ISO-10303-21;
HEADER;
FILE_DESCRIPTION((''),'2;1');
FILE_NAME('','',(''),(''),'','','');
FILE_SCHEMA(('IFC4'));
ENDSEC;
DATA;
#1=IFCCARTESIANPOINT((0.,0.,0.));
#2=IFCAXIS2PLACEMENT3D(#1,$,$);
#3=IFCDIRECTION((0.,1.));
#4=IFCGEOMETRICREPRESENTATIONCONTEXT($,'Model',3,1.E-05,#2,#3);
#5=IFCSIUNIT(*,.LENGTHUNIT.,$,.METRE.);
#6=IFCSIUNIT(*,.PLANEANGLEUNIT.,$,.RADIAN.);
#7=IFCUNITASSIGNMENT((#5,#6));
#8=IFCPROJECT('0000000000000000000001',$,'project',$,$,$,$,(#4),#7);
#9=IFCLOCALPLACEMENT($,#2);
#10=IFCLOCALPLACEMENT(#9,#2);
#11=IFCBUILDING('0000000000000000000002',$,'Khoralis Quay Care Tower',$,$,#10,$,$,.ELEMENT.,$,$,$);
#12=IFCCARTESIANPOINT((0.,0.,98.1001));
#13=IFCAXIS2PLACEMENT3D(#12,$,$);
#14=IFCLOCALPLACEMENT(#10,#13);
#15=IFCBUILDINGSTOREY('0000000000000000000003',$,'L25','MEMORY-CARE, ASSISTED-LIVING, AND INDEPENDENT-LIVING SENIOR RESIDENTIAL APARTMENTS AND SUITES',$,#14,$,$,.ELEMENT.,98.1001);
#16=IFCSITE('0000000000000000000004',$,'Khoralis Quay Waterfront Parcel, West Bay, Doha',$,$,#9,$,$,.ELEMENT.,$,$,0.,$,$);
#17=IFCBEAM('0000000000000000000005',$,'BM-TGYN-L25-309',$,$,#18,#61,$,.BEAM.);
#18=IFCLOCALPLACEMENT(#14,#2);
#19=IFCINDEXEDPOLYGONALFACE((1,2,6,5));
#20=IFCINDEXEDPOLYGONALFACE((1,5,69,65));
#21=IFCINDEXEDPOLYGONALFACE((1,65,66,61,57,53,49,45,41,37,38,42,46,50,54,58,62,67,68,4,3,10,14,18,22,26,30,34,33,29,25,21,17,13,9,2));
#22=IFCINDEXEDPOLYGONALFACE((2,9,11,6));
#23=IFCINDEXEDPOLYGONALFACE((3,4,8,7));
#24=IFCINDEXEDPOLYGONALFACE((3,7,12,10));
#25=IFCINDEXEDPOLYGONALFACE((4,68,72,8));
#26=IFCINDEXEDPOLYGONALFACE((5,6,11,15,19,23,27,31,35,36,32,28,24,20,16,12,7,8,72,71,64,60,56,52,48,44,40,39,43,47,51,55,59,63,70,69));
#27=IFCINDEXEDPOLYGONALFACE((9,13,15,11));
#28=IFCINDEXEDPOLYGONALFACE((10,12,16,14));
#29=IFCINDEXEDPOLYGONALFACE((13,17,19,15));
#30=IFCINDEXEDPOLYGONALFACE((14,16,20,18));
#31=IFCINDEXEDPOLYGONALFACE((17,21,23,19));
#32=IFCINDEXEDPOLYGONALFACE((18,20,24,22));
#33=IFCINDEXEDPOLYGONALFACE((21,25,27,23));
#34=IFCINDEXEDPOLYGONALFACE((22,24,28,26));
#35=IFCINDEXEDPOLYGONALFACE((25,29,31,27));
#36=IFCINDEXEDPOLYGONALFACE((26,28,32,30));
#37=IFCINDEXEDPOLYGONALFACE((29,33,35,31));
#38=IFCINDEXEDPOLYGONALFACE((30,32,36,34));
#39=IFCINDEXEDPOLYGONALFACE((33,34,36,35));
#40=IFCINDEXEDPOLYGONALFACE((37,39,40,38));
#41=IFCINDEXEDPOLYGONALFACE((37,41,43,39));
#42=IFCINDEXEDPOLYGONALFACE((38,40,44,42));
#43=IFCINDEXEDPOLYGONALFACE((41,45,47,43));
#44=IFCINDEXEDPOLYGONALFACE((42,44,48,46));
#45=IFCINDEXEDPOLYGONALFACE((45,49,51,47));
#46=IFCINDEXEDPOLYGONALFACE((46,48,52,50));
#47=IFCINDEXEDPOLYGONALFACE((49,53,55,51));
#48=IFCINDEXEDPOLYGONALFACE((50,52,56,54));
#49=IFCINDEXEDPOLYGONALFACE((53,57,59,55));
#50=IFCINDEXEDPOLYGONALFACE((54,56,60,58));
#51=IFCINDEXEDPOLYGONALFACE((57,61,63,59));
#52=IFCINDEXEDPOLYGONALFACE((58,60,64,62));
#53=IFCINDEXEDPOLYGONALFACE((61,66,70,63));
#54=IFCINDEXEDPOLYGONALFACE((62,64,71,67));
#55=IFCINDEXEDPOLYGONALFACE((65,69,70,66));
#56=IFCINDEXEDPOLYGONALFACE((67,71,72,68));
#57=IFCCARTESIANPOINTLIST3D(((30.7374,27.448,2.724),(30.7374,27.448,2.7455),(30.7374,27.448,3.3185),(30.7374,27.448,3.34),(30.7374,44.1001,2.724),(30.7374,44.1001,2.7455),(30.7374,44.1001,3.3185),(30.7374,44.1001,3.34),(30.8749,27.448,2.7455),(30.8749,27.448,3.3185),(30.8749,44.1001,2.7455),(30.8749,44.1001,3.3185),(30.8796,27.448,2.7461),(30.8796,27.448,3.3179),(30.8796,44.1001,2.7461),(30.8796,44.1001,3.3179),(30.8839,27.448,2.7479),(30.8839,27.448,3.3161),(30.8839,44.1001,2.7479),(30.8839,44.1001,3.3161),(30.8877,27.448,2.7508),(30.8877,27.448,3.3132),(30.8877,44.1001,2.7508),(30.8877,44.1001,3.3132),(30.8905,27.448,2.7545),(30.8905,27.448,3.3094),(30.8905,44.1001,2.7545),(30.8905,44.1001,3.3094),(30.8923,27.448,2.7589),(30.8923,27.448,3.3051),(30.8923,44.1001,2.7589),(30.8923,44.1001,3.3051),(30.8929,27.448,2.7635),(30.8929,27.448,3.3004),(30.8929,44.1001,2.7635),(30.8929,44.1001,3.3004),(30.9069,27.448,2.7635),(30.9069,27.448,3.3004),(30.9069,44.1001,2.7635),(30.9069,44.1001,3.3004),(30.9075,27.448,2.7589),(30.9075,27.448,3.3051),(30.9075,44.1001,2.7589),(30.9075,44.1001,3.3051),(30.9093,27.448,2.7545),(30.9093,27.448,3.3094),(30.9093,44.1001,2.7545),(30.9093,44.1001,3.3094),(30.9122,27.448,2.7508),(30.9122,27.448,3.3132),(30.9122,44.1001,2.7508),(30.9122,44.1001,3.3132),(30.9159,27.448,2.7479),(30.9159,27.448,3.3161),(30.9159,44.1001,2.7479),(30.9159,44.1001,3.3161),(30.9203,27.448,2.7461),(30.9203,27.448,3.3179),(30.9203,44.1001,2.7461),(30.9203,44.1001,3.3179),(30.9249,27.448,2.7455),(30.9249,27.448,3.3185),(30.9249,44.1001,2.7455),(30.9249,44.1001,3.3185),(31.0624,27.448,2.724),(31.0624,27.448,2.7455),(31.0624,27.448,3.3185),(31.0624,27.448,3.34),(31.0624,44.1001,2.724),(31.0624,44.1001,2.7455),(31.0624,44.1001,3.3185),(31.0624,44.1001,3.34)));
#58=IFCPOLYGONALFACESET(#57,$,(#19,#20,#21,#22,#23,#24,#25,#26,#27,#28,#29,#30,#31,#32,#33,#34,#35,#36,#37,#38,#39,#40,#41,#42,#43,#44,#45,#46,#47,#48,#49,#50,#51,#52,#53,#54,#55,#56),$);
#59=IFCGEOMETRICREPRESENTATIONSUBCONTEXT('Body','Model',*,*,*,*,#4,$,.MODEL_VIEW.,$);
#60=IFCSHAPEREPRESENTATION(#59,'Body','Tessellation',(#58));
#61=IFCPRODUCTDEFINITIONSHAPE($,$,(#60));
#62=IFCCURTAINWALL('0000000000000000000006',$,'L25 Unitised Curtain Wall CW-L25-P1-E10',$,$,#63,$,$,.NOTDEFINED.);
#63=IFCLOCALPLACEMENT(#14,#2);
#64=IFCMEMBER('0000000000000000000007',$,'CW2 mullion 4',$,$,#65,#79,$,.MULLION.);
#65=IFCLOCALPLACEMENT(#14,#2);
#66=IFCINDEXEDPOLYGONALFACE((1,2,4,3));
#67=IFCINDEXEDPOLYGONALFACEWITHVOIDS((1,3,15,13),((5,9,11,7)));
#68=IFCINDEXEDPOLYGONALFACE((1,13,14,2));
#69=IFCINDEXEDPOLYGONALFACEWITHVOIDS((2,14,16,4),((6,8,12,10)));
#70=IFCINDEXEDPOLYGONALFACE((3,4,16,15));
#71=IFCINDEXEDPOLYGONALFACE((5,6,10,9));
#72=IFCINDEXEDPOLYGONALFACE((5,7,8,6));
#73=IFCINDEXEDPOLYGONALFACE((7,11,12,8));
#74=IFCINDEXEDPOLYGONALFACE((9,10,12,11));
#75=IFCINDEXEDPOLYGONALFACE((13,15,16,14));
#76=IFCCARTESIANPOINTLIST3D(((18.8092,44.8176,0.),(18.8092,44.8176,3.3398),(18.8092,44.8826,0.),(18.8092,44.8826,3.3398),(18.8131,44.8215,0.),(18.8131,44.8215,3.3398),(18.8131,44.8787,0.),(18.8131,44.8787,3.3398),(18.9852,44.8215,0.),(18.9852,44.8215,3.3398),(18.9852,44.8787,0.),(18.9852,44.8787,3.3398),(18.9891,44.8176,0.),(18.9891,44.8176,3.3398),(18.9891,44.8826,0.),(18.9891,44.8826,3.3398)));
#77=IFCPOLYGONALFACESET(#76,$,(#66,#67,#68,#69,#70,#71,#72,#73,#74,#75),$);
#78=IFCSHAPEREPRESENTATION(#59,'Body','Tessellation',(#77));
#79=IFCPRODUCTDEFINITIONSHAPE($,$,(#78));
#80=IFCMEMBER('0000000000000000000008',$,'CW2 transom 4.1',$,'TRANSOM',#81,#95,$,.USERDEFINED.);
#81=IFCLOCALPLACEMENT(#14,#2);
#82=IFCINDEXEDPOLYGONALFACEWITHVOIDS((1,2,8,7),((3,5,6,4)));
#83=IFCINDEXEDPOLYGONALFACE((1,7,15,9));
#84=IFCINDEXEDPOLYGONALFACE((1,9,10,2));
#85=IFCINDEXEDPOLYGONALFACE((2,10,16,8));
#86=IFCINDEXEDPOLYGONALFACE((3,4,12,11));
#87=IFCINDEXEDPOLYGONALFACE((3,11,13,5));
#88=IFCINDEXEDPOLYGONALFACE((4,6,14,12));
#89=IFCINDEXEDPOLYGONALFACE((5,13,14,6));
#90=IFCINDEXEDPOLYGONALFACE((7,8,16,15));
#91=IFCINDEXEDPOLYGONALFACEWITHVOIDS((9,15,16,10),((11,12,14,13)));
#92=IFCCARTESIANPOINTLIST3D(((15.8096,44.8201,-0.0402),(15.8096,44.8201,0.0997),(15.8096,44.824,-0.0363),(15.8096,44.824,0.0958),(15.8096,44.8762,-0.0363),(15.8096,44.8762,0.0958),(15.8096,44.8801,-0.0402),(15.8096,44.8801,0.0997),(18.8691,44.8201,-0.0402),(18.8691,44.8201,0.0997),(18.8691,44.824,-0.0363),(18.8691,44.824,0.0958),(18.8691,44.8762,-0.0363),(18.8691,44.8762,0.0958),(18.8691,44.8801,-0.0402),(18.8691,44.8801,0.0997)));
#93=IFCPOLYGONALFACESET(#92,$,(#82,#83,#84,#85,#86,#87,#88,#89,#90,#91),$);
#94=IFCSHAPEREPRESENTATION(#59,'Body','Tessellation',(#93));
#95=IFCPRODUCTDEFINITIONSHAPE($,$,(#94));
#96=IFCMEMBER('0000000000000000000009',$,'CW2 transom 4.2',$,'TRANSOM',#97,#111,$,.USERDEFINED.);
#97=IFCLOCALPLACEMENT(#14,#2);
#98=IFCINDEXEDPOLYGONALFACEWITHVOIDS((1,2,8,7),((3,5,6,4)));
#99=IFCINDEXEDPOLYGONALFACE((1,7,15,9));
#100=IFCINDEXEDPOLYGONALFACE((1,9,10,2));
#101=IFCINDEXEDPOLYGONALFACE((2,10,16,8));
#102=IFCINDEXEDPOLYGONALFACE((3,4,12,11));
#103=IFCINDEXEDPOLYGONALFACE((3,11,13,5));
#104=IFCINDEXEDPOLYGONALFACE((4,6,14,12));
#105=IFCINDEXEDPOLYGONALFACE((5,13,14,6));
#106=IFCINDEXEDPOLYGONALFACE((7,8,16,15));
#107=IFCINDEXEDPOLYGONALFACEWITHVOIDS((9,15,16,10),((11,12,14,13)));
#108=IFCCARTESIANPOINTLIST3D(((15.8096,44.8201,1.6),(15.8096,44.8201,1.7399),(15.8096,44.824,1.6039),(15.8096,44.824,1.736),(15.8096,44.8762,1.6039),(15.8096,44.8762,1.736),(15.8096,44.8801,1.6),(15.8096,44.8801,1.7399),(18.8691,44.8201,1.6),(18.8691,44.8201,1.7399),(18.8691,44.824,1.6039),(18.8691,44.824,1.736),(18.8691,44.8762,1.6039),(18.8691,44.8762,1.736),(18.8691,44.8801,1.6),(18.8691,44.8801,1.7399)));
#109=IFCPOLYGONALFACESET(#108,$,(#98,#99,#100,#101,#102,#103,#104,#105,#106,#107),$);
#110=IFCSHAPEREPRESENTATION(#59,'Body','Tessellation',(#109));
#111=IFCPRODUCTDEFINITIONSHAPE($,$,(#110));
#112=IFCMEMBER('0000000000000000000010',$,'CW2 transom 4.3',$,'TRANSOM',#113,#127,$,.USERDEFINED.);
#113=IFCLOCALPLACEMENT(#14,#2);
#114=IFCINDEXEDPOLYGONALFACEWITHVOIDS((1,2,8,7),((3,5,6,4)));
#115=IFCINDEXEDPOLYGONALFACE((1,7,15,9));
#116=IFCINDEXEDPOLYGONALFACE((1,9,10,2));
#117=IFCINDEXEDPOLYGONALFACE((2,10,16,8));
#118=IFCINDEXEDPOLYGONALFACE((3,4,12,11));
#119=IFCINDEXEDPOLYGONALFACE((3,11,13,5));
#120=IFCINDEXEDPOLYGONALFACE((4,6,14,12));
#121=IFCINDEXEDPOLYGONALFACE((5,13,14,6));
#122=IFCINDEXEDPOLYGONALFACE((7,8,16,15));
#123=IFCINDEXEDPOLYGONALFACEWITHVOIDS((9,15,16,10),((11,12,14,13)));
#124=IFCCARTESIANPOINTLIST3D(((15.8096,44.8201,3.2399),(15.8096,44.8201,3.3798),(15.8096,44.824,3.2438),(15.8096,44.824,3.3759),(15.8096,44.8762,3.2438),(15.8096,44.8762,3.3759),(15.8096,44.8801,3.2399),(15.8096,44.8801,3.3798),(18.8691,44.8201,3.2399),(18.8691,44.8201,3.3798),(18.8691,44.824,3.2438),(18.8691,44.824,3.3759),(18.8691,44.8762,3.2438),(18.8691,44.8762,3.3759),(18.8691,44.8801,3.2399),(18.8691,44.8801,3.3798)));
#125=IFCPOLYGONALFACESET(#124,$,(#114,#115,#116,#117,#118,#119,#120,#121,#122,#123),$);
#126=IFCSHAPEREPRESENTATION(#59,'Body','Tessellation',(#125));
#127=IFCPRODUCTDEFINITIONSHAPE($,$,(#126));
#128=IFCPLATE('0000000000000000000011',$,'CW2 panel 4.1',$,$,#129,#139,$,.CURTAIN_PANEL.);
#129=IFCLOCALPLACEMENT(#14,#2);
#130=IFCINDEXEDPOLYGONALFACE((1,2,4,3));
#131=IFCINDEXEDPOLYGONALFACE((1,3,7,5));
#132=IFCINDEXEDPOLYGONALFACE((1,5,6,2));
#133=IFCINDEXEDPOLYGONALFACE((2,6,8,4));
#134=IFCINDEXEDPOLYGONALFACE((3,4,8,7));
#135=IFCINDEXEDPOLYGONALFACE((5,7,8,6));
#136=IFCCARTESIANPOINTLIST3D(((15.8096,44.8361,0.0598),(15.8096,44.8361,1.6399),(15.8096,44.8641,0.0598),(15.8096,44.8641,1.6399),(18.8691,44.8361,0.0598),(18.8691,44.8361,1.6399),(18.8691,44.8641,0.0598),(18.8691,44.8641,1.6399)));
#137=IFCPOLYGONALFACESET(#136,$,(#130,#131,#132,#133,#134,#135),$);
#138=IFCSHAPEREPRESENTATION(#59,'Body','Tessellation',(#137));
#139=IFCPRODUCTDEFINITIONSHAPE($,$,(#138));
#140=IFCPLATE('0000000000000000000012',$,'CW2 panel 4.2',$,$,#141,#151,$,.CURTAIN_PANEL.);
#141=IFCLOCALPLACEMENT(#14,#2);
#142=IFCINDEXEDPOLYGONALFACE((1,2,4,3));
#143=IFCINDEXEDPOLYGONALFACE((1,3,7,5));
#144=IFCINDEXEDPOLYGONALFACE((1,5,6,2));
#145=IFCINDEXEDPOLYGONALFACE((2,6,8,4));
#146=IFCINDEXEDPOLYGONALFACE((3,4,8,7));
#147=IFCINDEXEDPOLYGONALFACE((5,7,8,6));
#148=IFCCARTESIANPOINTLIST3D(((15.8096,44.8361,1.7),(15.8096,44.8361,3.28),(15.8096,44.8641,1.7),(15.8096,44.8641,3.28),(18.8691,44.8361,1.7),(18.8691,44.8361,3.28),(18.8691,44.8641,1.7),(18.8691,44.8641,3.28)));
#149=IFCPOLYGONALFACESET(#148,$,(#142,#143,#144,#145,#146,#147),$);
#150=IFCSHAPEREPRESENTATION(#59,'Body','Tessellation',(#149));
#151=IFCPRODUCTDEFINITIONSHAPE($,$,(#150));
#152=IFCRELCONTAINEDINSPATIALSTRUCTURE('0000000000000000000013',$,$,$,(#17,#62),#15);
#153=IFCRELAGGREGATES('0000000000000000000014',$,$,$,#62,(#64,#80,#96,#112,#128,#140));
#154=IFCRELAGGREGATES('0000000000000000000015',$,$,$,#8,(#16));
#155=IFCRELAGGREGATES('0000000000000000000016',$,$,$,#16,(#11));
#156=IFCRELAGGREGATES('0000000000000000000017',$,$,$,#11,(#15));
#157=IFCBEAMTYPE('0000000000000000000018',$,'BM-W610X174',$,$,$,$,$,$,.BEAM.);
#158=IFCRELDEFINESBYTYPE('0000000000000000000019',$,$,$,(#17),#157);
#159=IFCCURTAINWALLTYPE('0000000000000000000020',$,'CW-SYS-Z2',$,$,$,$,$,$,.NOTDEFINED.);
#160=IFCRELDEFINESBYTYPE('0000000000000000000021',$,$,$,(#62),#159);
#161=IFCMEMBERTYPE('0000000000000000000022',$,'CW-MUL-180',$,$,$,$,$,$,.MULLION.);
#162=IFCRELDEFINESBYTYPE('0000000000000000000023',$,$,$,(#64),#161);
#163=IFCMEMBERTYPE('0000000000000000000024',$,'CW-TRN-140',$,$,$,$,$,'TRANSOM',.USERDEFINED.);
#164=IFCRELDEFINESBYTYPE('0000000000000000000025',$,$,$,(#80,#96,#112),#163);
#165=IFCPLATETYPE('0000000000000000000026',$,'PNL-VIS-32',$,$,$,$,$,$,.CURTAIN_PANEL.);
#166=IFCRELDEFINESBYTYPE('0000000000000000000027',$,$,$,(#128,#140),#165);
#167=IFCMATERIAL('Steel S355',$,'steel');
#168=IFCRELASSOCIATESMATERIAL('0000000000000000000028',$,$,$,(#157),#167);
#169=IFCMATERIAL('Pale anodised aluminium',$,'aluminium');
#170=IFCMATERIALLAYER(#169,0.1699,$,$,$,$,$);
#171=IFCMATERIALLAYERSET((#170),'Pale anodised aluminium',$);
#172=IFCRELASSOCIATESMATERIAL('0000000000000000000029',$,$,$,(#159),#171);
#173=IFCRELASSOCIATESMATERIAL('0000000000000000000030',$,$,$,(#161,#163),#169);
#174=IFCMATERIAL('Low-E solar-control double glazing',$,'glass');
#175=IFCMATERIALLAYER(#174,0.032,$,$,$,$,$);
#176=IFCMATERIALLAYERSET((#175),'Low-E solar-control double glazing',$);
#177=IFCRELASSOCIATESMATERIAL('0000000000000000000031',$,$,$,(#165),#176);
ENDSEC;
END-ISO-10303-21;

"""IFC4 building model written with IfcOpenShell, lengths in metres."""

from ifc_helpers import new_model, si_unit, direction, frame, origin, origin_2d, place, context, subcontext, project, spatial, rectangle, hollow_rectangle, i_section, extrude, source, transform, mapped, material, layer, layer_set, material_profile, profile_set, type_object, element, aggregate, save


model = new_model("IFC4")

# Units and contexts
model_context = context("Model", 3, precision=1e-05, world=origin(), true_north=direction((0.0, 1.0)))
body_context = subcontext(model_context, "Body", "Model", "MODEL_VIEW")
ifc_project = project(units=[si_unit("LENGTHUNIT", "METRE"), si_unit("PLANEANGLEUNIT", "RADIAN")], contexts=[model_context])

# Site, building, storey
site_placement = place(None, origin())
site = spatial("IfcSite", under=ifc_project, at=site_placement, Name="Khoralis Quay Waterfront Parcel, West Bay, Doha", CompositionType="ELEMENT", RefElevation=0.0)
building_placement = place(site_placement, origin())
building = spatial("IfcBuilding", under=site, at=building_placement, Name="Khoralis Quay Care Tower", CompositionType="ELEMENT")
storey_placement = place(building_placement, frame((0.0, 0.0, 98.1001)))
storey = spatial("IfcBuildingStorey", under=building, at=storey_placement, Name="L25", Description="MEMORY-CARE, ASSISTED-LIVING, AND INDEPENDENT-LIVING SENIOR RESIDENTIAL APARTMENTS AND SUITES", CompositionType="ELEMENT", Elevation=98.1001)

# Beam
ifc_material_1 = material(Name="Steel S355", Category="steel")
ifc_material_profile_1 = material_profile(ifc_material_1, i_section(OverallWidth=0.325, OverallDepth=0.616, WebThickness=0.0139, FlangeThickness=0.0215, FilletRadius=0.0181, at=origin_2d()), Name="Steel S355")
ifc_profile_set_1 = profile_set([ifc_material_profile_1], Name="Steel S355")
beam_type_1 = type_object("IfcBeamType", Name="BM-W610X174", PredefinedType="BEAM", material=ifc_profile_set_1)
shared_shape_1 = source(origin(), body_context, "Body", "SweptSolid", [
    extrude(i_section(OverallWidth=0.325, OverallDepth=0.616, WebThickness=0.0139, FlangeThickness=0.0215, FilletRadius=0.0181, at=origin_2d()), origin(), (0.0, 0.0, 1.0), 16.6521),
])
beam_1_placement = place(storey_placement, frame((30.8999, 27.448, 3.032), z_axis=(0.0, 1.0, 0.0), x_axis=(-1.0, 0.0, 0.0)))
element("IfcBeam", 1, at=beam_1_placement, inside=storey, type_object=beam_type_1, Name="BM-TGYN-L25-309", PredefinedType="BEAM", context=body_context, shape_type="MappedRepresentation", body=[
    mapped(shared_shape_1, transform((0.0, 0.0, 0.0), scale=1.0)),
])

# Curtain wall, members, plates
ifc_material_2 = material(Name="Pale anodised aluminium", Category="aluminium")
ifc_layer_1 = layer(ifc_material_2, 0.1699)
ifc_layer_set_1 = layer_set([ifc_layer_1], Name="Pale anodised aluminium")
curtain_wall_type = type_object("IfcCurtainWallType", Name="CW-SYS-Z2", PredefinedType="NOTDEFINED", material=ifc_layer_set_1)
curtain_wall_placement = place(storey_placement, origin())
curtain_wall = element("IfcCurtainWall", 2, at=curtain_wall_placement, inside=storey, type_object=curtain_wall_type, Name="L25 Unitised Curtain Wall CW-L25-P1-E10", PredefinedType="NOTDEFINED")
ifc_material_profile_2 = material_profile(ifc_material_2, hollow_rectangle(XDim=0.0649, YDim=0.1799, WallThickness=0.0039, at=origin_2d()), Name="Pale anodised aluminium")
ifc_profile_set_2 = profile_set([ifc_material_profile_2], Name="Pale anodised aluminium")
member_type_1 = type_object("IfcMemberType", Name="CW-MUL-180", PredefinedType="MULLION", material=ifc_profile_set_2)
shared_shape_2 = source(origin(), body_context, "Body", "SweptSolid", [
    extrude(hollow_rectangle(XDim=0.0649, YDim=0.1799, WallThickness=0.0039, at=origin_2d()), origin(), (0.0, 0.0, 1.0), 3.3398),
])
member_1_placement = place(storey_placement, frame((18.8992, 44.8501, 0.0), z_axis=(0.0, 0.0, 1.0), x_axis=(0.0, -1.0, 0.0)))
member_1 = element("IfcMember", 3, at=member_1_placement, type_object=member_type_1, Name="CW2 mullion 4", PredefinedType="MULLION", context=body_context, shape_type="MappedRepresentation", body=[
    mapped(shared_shape_2, transform((0.0, 0.0, 0.0), scale=1.0)),
])
ifc_material_profile_3 = material_profile(ifc_material_2, hollow_rectangle(XDim=0.0601, YDim=0.1399, WallThickness=0.0039, at=origin_2d()), Name="Pale anodised aluminium")
ifc_profile_set_3 = profile_set([ifc_material_profile_3], Name="Pale anodised aluminium")
member_type_2 = type_object("IfcMemberType", Name="CW-TRN-140", ElementType="TRANSOM", PredefinedType="USERDEFINED", material=ifc_profile_set_3)
shared_shape_3 = source(origin(), body_context, "Body", "SweptSolid", [
    extrude(hollow_rectangle(XDim=0.0601, YDim=0.1399, WallThickness=0.0039, at=origin_2d()), origin(), (0.0, 0.0, 1.0), 3.0596),
])
member_2_placement = place(storey_placement, frame((18.8691, 44.8501, 0.0298), z_axis=(-1.0, 0.0, 0.0), x_axis=(0.0, -1.0, 0.0)))
member_2 = element("IfcMember", 4, at=member_2_placement, type_object=member_type_2, Name="CW2 transom 4.1", ObjectType="TRANSOM", PredefinedType="USERDEFINED", context=body_context, shape_type="MappedRepresentation", body=[
    mapped(shared_shape_3, transform((0.0, 0.0, 0.0), scale=1.0)),
])
member_3_placement = place(storey_placement, frame((18.8691, 44.8501, 1.6699), z_axis=(-1.0, 0.0, 0.0), x_axis=(0.0, -1.0, 0.0)))
member_3 = element("IfcMember", 5, at=member_3_placement, type_object=member_type_2, Name="CW2 transom 4.2", ObjectType="TRANSOM", PredefinedType="USERDEFINED", context=body_context, shape_type="MappedRepresentation", body=[
    mapped(shared_shape_3, transform((0.0, 0.0, 0.0), scale=1.0)),
])
member_4_placement = place(storey_placement, frame((18.8691, 44.8501, 3.3098), z_axis=(-1.0, 0.0, 0.0), x_axis=(0.0, -1.0, 0.0)))
member_4 = element("IfcMember", 6, at=member_4_placement, type_object=member_type_2, Name="CW2 transom 4.3", ObjectType="TRANSOM", PredefinedType="USERDEFINED", context=body_context, shape_type="MappedRepresentation", body=[
    mapped(shared_shape_3, transform((0.0, 0.0, 0.0), scale=1.0)),
])
ifc_material_3 = material(Name="Low-E solar-control double glazing", Category="glass")
ifc_layer_2 = layer(ifc_material_3, 0.032)
ifc_layer_set_2 = layer_set([ifc_layer_2], Name="Low-E solar-control double glazing")
plate_type = type_object("IfcPlateType", Name="PNL-VIS-32", PredefinedType="CURTAIN_PANEL", material=ifc_layer_set_2)
shared_shape_4 = source(origin(), body_context, "Body", "SweptSolid", [
    extrude(rectangle(XDim=3.0596, YDim=0.0281, at=origin_2d()), origin(), (0.0, 0.0, 1.0), 1.5801),
])
plate_1_placement = place(storey_placement, frame((17.3394, 44.8501, 0.0598), z_axis=(0.0, 0.0, 1.0), x_axis=(-1.0, 0.0, 0.0)))
plate_1 = element("IfcPlate", 7, at=plate_1_placement, type_object=plate_type, Name="CW2 panel 4.1", PredefinedType="CURTAIN_PANEL", context=body_context, shape_type="MappedRepresentation", body=[
    mapped(shared_shape_4, transform((0.0, 0.0, 0.0), scale=1.0)),
])
plate_2_placement = place(storey_placement, frame((17.3394, 44.8501, 1.7), z_axis=(0.0, 0.0, 1.0), x_axis=(-1.0, 0.0, 0.0)))
plate_2 = element("IfcPlate", 8, at=plate_2_placement, type_object=plate_type, Name="CW2 panel 4.2", PredefinedType="CURTAIN_PANEL", context=body_context, shape_type="MappedRepresentation", body=[
    mapped(shared_shape_4, transform((0.0, 0.0, 0.0), scale=1.0)),
])
aggregate(curtain_wall, [member_1, member_2, member_3, member_4, plate_1, plate_2])

save(model, "model.ifc")
